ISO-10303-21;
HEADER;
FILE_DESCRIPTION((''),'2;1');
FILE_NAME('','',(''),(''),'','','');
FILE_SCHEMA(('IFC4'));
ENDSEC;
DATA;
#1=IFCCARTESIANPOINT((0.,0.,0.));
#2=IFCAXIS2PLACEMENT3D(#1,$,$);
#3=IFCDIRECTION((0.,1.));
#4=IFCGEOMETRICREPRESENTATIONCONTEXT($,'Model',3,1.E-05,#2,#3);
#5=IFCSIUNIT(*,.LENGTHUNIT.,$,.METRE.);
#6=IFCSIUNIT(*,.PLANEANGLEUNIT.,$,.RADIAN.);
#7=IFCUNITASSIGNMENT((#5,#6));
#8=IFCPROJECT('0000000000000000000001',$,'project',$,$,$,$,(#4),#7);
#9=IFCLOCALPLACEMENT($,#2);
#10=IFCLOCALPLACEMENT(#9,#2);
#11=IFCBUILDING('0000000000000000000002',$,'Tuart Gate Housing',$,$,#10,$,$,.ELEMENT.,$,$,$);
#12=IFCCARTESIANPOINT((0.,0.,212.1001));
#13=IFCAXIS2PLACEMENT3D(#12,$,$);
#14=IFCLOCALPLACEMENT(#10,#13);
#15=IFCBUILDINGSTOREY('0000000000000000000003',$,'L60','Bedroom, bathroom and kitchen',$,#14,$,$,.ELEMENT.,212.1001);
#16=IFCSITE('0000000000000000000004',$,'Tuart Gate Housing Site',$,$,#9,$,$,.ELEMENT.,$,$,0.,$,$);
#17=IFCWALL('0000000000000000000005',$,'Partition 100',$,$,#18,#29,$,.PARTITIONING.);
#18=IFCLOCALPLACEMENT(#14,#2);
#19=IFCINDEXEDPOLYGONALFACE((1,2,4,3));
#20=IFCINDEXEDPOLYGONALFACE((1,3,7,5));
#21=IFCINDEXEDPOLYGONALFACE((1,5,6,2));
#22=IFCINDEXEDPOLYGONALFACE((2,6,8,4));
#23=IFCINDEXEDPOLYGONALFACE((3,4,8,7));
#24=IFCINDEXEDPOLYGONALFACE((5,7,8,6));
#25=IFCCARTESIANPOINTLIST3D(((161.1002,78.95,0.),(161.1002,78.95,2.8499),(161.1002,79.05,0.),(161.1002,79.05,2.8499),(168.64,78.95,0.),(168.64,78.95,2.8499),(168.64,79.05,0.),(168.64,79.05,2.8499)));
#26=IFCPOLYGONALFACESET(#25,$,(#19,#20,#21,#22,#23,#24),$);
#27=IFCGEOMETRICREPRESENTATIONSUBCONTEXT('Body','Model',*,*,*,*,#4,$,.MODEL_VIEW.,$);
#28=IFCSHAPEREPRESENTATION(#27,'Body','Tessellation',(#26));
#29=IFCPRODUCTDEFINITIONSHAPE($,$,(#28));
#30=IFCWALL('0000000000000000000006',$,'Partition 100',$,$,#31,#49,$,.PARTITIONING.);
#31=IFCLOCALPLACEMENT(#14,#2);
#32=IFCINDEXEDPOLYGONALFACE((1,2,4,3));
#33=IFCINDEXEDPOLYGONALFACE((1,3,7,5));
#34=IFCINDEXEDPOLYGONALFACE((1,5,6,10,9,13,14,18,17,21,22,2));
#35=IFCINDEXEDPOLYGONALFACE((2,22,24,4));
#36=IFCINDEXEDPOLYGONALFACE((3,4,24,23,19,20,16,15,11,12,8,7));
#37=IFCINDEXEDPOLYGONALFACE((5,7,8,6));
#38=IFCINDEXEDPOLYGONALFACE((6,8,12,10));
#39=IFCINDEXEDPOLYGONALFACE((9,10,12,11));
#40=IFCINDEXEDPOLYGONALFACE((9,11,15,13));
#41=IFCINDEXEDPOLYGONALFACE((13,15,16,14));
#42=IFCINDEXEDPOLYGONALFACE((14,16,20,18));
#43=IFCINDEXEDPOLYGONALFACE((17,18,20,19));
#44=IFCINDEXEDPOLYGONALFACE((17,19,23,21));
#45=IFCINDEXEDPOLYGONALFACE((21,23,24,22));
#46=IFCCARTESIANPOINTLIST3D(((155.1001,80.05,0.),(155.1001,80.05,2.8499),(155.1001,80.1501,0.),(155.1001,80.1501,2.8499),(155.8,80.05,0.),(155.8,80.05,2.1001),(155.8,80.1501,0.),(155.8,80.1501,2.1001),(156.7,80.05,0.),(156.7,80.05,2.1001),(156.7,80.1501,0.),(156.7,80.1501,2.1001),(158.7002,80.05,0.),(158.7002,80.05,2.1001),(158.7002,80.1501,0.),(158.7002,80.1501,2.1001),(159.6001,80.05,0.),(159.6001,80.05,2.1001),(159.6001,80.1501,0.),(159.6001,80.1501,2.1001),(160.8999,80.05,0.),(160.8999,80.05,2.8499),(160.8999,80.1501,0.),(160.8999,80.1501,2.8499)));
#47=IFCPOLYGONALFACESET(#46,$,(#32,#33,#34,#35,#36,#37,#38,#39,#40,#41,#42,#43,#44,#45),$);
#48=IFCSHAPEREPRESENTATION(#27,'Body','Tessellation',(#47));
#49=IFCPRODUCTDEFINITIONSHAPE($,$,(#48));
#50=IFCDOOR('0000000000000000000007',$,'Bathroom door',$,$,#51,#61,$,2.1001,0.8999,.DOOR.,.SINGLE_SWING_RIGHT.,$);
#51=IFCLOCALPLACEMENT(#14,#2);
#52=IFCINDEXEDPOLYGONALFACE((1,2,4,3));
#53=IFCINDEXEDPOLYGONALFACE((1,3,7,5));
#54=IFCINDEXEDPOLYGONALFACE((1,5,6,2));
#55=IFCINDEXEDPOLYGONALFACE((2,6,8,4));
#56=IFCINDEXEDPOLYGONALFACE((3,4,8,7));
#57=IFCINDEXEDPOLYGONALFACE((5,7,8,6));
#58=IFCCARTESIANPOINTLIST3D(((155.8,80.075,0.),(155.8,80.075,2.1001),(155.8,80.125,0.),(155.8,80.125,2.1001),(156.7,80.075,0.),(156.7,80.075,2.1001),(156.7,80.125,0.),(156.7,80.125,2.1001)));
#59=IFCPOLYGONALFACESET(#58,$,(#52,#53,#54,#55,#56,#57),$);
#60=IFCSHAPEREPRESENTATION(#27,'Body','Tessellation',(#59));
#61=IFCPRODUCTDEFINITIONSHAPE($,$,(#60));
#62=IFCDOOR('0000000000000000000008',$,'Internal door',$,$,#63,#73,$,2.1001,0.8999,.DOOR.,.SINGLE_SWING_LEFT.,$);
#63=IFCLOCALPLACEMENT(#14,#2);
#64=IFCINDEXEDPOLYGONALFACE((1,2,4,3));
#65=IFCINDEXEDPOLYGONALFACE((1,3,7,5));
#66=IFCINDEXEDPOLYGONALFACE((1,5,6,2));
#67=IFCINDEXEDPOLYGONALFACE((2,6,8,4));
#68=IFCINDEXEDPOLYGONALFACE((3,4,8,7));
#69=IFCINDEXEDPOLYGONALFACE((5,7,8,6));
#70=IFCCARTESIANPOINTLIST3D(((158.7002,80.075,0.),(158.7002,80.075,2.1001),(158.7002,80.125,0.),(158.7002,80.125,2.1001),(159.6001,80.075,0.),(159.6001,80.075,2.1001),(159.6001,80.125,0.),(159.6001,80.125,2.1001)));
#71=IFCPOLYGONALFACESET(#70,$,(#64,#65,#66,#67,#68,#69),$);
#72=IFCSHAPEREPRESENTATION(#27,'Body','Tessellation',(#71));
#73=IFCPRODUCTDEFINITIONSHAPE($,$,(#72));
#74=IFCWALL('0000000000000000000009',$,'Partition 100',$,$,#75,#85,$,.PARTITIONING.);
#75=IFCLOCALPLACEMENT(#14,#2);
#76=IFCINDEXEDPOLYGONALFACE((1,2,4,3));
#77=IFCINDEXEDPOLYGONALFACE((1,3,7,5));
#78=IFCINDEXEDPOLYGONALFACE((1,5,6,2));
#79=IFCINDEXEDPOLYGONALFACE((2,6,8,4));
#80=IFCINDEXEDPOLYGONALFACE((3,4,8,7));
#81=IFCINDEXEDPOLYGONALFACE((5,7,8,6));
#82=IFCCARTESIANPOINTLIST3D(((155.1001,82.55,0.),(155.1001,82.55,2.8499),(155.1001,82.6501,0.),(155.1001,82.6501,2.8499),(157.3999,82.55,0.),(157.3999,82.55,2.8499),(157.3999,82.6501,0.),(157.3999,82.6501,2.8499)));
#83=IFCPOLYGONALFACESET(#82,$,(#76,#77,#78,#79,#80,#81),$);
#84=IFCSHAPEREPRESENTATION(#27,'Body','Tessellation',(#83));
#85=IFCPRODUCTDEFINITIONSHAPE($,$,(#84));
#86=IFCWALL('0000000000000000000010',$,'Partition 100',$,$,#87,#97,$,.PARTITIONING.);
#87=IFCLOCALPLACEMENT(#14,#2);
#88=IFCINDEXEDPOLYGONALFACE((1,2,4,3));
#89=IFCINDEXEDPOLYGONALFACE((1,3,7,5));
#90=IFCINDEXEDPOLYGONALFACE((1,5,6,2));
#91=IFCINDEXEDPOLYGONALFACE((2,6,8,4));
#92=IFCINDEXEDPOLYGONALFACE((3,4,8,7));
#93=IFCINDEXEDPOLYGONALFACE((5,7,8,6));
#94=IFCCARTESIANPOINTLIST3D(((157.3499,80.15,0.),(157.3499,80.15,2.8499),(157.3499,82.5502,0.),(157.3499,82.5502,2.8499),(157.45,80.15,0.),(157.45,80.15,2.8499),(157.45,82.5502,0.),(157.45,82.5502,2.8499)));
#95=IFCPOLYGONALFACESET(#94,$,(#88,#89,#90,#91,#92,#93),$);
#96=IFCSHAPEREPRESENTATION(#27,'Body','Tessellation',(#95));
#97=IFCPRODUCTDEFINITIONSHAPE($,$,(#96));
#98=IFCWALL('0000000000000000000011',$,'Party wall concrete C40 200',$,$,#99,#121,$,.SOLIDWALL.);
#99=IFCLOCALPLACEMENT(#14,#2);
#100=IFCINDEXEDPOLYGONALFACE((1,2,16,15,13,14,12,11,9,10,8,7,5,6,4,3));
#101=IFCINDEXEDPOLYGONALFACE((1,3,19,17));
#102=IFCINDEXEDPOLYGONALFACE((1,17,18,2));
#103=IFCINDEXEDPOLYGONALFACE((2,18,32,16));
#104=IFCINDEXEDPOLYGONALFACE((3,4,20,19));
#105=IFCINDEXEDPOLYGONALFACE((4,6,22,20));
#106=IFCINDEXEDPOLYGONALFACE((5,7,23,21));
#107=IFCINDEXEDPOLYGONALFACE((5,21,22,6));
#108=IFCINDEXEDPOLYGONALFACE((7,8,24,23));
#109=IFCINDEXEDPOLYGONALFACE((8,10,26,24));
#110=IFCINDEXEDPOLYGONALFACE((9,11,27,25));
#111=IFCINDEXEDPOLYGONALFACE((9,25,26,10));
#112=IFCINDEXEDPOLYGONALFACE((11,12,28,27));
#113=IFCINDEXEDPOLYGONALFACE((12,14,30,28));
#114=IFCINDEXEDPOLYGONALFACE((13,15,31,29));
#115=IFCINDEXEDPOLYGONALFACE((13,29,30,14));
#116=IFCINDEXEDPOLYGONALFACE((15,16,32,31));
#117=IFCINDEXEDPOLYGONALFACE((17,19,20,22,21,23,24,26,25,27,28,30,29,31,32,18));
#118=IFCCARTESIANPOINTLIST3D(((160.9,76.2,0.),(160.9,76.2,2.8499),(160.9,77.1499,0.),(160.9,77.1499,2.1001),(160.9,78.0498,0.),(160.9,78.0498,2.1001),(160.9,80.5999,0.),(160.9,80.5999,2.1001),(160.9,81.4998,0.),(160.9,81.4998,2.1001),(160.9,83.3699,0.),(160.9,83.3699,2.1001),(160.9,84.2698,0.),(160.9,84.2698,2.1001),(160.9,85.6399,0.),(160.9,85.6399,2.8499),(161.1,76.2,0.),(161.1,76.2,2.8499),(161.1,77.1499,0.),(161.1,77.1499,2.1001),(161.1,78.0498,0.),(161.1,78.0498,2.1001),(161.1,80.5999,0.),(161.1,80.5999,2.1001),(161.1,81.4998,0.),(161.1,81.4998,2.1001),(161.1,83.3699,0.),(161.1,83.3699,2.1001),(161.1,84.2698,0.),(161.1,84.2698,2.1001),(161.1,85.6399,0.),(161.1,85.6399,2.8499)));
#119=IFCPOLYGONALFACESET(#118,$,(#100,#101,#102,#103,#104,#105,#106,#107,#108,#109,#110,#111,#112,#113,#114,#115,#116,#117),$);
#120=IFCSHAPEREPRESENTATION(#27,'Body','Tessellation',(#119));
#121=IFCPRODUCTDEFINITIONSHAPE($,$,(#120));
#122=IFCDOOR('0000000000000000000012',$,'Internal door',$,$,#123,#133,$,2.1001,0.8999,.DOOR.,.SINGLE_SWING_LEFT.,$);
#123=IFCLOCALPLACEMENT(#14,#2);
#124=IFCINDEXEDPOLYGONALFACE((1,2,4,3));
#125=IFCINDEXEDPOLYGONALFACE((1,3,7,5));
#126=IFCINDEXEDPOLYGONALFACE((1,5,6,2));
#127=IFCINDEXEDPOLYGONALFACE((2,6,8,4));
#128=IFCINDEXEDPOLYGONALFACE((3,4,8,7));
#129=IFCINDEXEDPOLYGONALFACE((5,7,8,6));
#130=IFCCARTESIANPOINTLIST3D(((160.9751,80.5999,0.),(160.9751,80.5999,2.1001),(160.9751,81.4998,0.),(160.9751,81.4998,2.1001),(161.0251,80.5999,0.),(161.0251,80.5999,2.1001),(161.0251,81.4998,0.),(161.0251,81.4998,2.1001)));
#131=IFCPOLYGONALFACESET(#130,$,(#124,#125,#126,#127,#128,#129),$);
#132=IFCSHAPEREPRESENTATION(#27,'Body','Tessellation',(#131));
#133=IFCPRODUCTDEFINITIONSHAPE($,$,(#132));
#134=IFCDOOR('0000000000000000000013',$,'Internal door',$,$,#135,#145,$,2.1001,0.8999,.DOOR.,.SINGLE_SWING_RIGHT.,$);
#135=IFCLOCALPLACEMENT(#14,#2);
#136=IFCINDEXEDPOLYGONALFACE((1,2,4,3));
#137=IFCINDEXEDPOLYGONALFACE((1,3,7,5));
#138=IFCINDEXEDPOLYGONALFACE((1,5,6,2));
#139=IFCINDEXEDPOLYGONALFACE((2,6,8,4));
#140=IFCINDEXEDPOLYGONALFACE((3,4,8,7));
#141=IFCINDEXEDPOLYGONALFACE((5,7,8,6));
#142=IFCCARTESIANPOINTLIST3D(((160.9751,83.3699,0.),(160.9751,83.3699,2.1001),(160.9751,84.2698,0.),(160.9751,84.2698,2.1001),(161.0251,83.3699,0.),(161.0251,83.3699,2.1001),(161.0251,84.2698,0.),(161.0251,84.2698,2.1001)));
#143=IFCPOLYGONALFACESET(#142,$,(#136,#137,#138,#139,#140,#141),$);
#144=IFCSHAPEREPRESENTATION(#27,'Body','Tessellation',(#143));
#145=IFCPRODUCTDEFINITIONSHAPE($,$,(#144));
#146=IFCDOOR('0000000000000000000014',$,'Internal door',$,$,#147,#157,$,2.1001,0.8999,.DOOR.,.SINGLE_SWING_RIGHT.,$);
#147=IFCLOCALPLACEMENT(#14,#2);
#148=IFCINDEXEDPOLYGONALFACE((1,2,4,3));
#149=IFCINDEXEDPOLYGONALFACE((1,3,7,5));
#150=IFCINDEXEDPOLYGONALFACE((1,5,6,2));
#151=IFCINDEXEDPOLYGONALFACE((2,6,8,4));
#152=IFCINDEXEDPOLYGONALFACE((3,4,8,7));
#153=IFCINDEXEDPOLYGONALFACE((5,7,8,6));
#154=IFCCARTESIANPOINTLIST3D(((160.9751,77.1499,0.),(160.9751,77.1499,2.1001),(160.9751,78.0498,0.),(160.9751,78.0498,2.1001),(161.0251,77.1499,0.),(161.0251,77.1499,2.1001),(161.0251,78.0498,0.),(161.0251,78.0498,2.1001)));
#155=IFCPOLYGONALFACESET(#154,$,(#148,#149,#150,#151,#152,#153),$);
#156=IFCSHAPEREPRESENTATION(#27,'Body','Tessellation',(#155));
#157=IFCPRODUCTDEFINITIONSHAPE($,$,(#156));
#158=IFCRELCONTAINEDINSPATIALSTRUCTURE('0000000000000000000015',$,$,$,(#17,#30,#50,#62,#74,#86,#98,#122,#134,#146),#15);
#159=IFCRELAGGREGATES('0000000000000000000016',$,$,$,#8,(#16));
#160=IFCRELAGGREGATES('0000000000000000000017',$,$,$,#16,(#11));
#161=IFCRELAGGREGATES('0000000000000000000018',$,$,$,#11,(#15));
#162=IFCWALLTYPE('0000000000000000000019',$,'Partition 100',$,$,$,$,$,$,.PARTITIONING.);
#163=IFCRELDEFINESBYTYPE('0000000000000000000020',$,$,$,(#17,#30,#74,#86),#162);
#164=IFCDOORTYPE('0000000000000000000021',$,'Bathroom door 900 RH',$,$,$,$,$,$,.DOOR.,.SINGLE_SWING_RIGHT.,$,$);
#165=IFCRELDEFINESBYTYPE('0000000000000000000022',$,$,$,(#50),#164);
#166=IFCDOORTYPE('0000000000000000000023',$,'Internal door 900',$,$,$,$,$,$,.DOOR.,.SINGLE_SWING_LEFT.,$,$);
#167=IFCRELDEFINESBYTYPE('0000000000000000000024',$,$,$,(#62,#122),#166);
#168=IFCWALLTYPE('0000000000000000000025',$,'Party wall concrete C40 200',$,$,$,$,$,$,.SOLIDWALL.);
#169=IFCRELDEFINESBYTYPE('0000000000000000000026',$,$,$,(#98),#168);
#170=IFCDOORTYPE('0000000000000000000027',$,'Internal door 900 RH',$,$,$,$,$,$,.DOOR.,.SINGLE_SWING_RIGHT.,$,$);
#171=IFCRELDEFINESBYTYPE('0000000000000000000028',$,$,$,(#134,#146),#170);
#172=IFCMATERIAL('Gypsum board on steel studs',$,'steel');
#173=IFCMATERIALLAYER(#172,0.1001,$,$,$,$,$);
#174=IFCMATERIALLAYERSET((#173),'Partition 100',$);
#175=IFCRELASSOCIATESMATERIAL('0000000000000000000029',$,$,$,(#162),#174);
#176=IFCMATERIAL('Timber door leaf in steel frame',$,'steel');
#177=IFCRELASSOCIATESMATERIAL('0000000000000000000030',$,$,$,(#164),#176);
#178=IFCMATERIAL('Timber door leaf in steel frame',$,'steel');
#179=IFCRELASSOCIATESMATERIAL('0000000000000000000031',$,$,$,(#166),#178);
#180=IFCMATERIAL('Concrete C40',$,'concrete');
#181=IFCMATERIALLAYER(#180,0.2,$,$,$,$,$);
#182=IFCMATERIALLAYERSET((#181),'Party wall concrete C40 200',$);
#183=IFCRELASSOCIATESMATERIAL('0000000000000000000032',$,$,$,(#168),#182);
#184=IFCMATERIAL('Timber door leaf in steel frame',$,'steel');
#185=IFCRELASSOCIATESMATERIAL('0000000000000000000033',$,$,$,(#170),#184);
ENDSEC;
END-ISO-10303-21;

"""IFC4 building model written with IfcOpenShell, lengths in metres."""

from ifc_helpers import new_model, si_unit, direction, frame, frame_2d, origin, place, context, subcontext, project, spatial, rectangle, extrude, material, layer, layer_set, type_object, element, fill, save


model = new_model("IFC4")

# Units and contexts
model_context = context("Model", 3, precision=1e-05, world=origin(), true_north=direction((0.0, 1.0)))
body_context = subcontext(model_context, "Body", "Model", "MODEL_VIEW")
ifc_project = project(units=[si_unit("LENGTHUNIT", "METRE"), si_unit("PLANEANGLEUNIT", "RADIAN")], contexts=[model_context])

# Site, building, storey
site_placement = place(None, origin())
site = spatial("IfcSite", under=ifc_project, at=site_placement, Name="Tuart Gate Housing Site", CompositionType="ELEMENT", RefElevation=0.0)
building_placement = place(site_placement, origin())
building = spatial("IfcBuilding", under=site, at=building_placement, Name="Tuart Gate Housing", CompositionType="ELEMENT")
storey_placement = place(building_placement, frame((0.0, 0.0, 212.1001)))
storey = spatial("IfcBuildingStorey", under=building, at=storey_placement, Name="L60", Description="Bedroom, bathroom and kitchen", CompositionType="ELEMENT", Elevation=212.1001)

# Wall
ifc_material_1 = material(Name="Gypsum board on steel studs", Category="steel")
ifc_layer_1 = layer(ifc_material_1, 0.1001)
ifc_layer_set_1 = layer_set([ifc_layer_1], Name="Partition 100")
wall_type_1 = type_object("IfcWallType", Name="Partition 100", PredefinedType="PARTITIONING", material=ifc_layer_set_1)
wall_1_placement = place(storey_placement, frame((161.1001, 79.0, 0.0), z_axis=(0.0, 0.0, 1.0), x_axis=(1.0, 0.0, 0.0)))
element("IfcWall", 1, at=wall_1_placement, inside=storey, type_object=wall_type_1, Name="Partition 100", PredefinedType="PARTITIONING", context=body_context, shape_type="SweptSolid", body=[
    extrude(rectangle(XDim=7.5398, YDim=0.1001, at=frame_2d((3.77, 0.0))), origin(), (0.0, 0.0, 1.0), 2.8499),
])

# Wall, openings, doors
wall_2_placement = place(storey_placement, frame((155.1001, 80.1001, 0.0), z_axis=(0.0, 0.0, 1.0), x_axis=(1.0, 0.0, 0.0)))
wall_2 = element("IfcWall", 2, at=wall_2_placement, inside=storey, type_object=wall_type_1, Name="Partition 100", PredefinedType="PARTITIONING", context=body_context, shape_type="SweptSolid", body=[
    extrude(rectangle(XDim=5.7998, YDim=0.1001, at=frame_2d((2.8999, 0.0))), origin(), (0.0, 0.0, 1.0), 2.8499),
])
opening_1_placement = place(wall_2_placement, frame((3.6001, 0.0, 0.0)))
opening_1 = element("IfcOpeningElement", 3, at=opening_1_placement, cuts=wall_2, PredefinedType="OPENING", context=body_context, shape_type="SweptSolid", body=[
    extrude(rectangle(XDim=0.8999, YDim=2.1001, at=frame_2d((0.45, 1.05))), frame((0.0, 0.0601, 0.0), z_axis=(0.0, -1.0, 0.0), x_axis=(1.0, 0.0, 0.0)), (0.0, 0.0, 1.0), 0.1201),
])
opening_2_placement = place(wall_2_placement, frame((0.7, 0.0, 0.0)))
opening_2 = element("IfcOpeningElement", 4, at=opening_2_placement, cuts=wall_2, PredefinedType="OPENING", context=body_context, shape_type="SweptSolid", body=[
    extrude(rectangle(XDim=0.8999, YDim=2.1001, at=frame_2d((0.45, 1.05))), frame((0.0, 0.0601, 0.0), z_axis=(0.0, -1.0, 0.0), x_axis=(1.0, 0.0, 0.0)), (0.0, 0.0, 1.0), 0.1201),
])
ifc_material_2 = material(Name="Timber door leaf in steel frame", Category="steel")
door_type_1 = type_object("IfcDoorType", Name="Bathroom door 900 RH", OperationType="SINGLE_SWING_RIGHT", PredefinedType="DOOR", material=ifc_material_2)
door_1_placement = place(opening_2_placement, origin())
door_1 = element("IfcDoor", 5, at=door_1_placement, inside=storey, type_object=door_type_1, Name="Bathroom door", OperationType="SINGLE_SWING_RIGHT", OverallHeight=2.1001, OverallWidth=0.8999, PredefinedType="DOOR", context=body_context, shape_type="SweptSolid", body=[
    extrude(rectangle(XDim=0.8999, YDim=2.1001, at=frame_2d((0.45, 1.05))), frame((0.0, 0.0249, 0.0), z_axis=(0.0, -1.0, 0.0), x_axis=(1.0, 0.0, 0.0)), (0.0, 0.0, 1.0), 0.05),
])
fill(opening_2, door_1)
ifc_material_3 = material(Name="Timber door leaf in steel frame", Category="steel")
door_type_2 = type_object("IfcDoorType", Name="Internal door 900", OperationType="SINGLE_SWING_LEFT", PredefinedType="DOOR", material=ifc_material_3)
door_2_placement = place(opening_1_placement, frame((0.8999, 0.0, 0.0), z_axis=(0.0, 0.0, 1.0), x_axis=(-1.0, 0.0, 0.0)))
door_2 = element("IfcDoor", 6, at=door_2_placement, inside=storey, type_object=door_type_2, Name="Internal door", OperationType="SINGLE_SWING_LEFT", OverallHeight=2.1001, OverallWidth=0.8999, PredefinedType="DOOR", context=body_context, shape_type="SweptSolid", body=[
    extrude(rectangle(XDim=0.8999, YDim=2.1001, at=frame_2d((0.45, 1.05))), frame((0.0, 0.0251, 0.0), z_axis=(0.0, -1.0, 0.0), x_axis=(1.0, 0.0, 0.0)), (0.0, 0.0, 1.0), 0.05),
])
fill(opening_1, door_2)

# Walls
wall_3_placement = place(storey_placement, frame((155.1001, 82.6001, 0.0), z_axis=(0.0, 0.0, 1.0), x_axis=(1.0, 0.0, 0.0)))
element("IfcWall", 7, at=wall_3_placement, inside=storey, type_object=wall_type_1, Name="Partition 100", PredefinedType="PARTITIONING", context=body_context, shape_type="SweptSolid", body=[
    extrude(rectangle(XDim=2.2998, YDim=0.1001, at=frame_2d((1.1499, 0.0))), origin(), (0.0, 0.0, 1.0), 2.8499),
])
wall_4_placement = place(storey_placement, frame((157.3999, 80.1499, 0.0), z_axis=(0.0, 0.0, 1.0), x_axis=(0.0, 1.0, 0.0)))
element("IfcWall", 8, at=wall_4_placement, inside=storey, type_object=wall_type_1, Name="Partition 100", PredefinedType="PARTITIONING", context=body_context, shape_type="SweptSolid", body=[
    extrude(rectangle(XDim=2.4001, YDim=0.1001, at=frame_2d((1.2002, 0.0))), origin(), (0.0, 0.0, 1.0), 2.8499),
])

# Wall, openings, doors
ifc_material_4 = material(Name="Concrete C40", Category="concrete")
ifc_layer_2 = layer(ifc_material_4, 0.2)
ifc_layer_set_2 = layer_set([ifc_layer_2], Name="Party wall concrete C40 200")
wall_type_2 = type_object("IfcWallType", Name="Party wall concrete C40 200", PredefinedType="SOLIDWALL", material=ifc_layer_set_2)
wall_5_placement = place(storey_placement, frame((161.0, 76.2, 0.0), z_axis=(0.0, 0.0, 1.0), x_axis=(0.0, 1.0, 0.0)))
wall_5 = element("IfcWall", 9, at=wall_5_placement, inside=storey, type_object=wall_type_2, Name="Party wall concrete C40 200", PredefinedType="SOLIDWALL", context=body_context, shape_type="SweptSolid", body=[
    extrude(rectangle(XDim=9.4399, YDim=0.2, at=frame_2d((4.72, 0.0))), origin(), (0.0, 0.0, 1.0), 2.8499),
])
opening_3_placement = place(wall_5_placement, frame((7.1699, 0.0, 0.0)))
opening_3 = element("IfcOpeningElement", 10, at=opening_3_placement, cuts=wall_5, PredefinedType="OPENING", context=body_context, shape_type="SweptSolid", body=[
    extrude(rectangle(XDim=0.8999, YDim=2.1001, at=frame_2d((0.45, 1.05))), frame((0.0, 0.1099, 0.0), z_axis=(0.0, -1.0, 0.0), x_axis=(1.0, 0.0, 0.0)), (0.0, 0.0, 1.0), 0.22),
])
opening_4_placement = place(wall_5_placement, frame((4.3999, 0.0, 0.0)))
opening_4 = element("IfcOpeningElement", 11, at=opening_4_placement, cuts=wall_5, PredefinedType="OPENING", context=body_context, shape_type="SweptSolid", body=[
    extrude(rectangle(XDim=0.8999, YDim=2.1001, at=frame_2d((0.45, 1.05))), frame((0.0, 0.1099, 0.0), z_axis=(0.0, -1.0, 0.0), x_axis=(1.0, 0.0, 0.0)), (0.0, 0.0, 1.0), 0.22),
])
opening_5_placement = place(wall_5_placement, frame((0.95, 0.0, 0.0)))
opening_5 = element("IfcOpeningElement", 12, at=opening_5_placement, cuts=wall_5, PredefinedType="OPENING", context=body_context, shape_type="SweptSolid", body=[
    extrude(rectangle(XDim=0.8999, YDim=2.1001, at=frame_2d((0.45, 1.05))), frame((0.0, 0.1099, 0.0), z_axis=(0.0, -1.0, 0.0), x_axis=(1.0, 0.0, 0.0)), (0.0, 0.0, 1.0), 0.22),
])
door_3_placement = place(opening_4_placement, frame((0.8999, 0.0, 0.0), z_axis=(0.0, 0.0, 1.0), x_axis=(-1.0, 0.0, 0.0)))
door_3 = element("IfcDoor", 13, at=door_3_placement, inside=storey, type_object=door_type_2, Name="Internal door", OperationType="SINGLE_SWING_LEFT", OverallHeight=2.1001, OverallWidth=0.8999, PredefinedType="DOOR", context=body_context, shape_type="SweptSolid", body=[
    extrude(rectangle(XDim=0.8999, YDim=2.1001, at=frame_2d((0.45, 1.05))), frame((0.0, 0.0251, 0.0), z_axis=(0.0, -1.0, 0.0), x_axis=(1.0, 0.0, 0.0)), (0.0, 0.0, 1.0), 0.05),
])
fill(opening_4, door_3)
ifc_material_5 = material(Name="Timber door leaf in steel frame", Category="steel")
door_type_3 = type_object("IfcDoorType", Name="Internal door 900 RH", OperationType="SINGLE_SWING_RIGHT", PredefinedType="DOOR", material=ifc_material_5)
door_4_placement = place(opening_3_placement, frame((0.8999, 0.0, 0.0), z_axis=(0.0, 0.0, 1.0), x_axis=(-1.0, 0.0, 0.0)))
door_4 = element("IfcDoor", 14, at=door_4_placement, inside=storey, type_object=door_type_3, Name="Internal door", OperationType="SINGLE_SWING_RIGHT", OverallHeight=2.1001, OverallWidth=0.8999, PredefinedType="DOOR", context=body_context, shape_type="SweptSolid", body=[
    extrude(rectangle(XDim=0.8999, YDim=2.1001, at=frame_2d((0.45, 1.05))), frame((0.0, 0.0251, 0.0), z_axis=(0.0, -1.0, 0.0), x_axis=(1.0, 0.0, 0.0)), (0.0, 0.0, 1.0), 0.05),
])
fill(opening_3, door_4)
door_5_placement = place(opening_5_placement, frame((0.8999, 0.0, 0.0), z_axis=(0.0, 0.0, 1.0), x_axis=(-1.0, 0.0, 0.0)))
door_5 = element("IfcDoor", 15, at=door_5_placement, inside=storey, type_object=door_type_3, Name="Internal door", OperationType="SINGLE_SWING_RIGHT", OverallHeight=2.1001, OverallWidth=0.8999, PredefinedType="DOOR", context=body_context, shape_type="SweptSolid", body=[
    extrude(rectangle(XDim=0.8999, YDim=2.1001, at=frame_2d((0.45, 1.05))), frame((0.0, 0.0251, 0.0), z_axis=(0.0, -1.0, 0.0), x_axis=(1.0, 0.0, 0.0)), (0.0, 0.0, 1.0), 0.05),
])
fill(opening_5, door_5)

save(model, "model.ifc")
